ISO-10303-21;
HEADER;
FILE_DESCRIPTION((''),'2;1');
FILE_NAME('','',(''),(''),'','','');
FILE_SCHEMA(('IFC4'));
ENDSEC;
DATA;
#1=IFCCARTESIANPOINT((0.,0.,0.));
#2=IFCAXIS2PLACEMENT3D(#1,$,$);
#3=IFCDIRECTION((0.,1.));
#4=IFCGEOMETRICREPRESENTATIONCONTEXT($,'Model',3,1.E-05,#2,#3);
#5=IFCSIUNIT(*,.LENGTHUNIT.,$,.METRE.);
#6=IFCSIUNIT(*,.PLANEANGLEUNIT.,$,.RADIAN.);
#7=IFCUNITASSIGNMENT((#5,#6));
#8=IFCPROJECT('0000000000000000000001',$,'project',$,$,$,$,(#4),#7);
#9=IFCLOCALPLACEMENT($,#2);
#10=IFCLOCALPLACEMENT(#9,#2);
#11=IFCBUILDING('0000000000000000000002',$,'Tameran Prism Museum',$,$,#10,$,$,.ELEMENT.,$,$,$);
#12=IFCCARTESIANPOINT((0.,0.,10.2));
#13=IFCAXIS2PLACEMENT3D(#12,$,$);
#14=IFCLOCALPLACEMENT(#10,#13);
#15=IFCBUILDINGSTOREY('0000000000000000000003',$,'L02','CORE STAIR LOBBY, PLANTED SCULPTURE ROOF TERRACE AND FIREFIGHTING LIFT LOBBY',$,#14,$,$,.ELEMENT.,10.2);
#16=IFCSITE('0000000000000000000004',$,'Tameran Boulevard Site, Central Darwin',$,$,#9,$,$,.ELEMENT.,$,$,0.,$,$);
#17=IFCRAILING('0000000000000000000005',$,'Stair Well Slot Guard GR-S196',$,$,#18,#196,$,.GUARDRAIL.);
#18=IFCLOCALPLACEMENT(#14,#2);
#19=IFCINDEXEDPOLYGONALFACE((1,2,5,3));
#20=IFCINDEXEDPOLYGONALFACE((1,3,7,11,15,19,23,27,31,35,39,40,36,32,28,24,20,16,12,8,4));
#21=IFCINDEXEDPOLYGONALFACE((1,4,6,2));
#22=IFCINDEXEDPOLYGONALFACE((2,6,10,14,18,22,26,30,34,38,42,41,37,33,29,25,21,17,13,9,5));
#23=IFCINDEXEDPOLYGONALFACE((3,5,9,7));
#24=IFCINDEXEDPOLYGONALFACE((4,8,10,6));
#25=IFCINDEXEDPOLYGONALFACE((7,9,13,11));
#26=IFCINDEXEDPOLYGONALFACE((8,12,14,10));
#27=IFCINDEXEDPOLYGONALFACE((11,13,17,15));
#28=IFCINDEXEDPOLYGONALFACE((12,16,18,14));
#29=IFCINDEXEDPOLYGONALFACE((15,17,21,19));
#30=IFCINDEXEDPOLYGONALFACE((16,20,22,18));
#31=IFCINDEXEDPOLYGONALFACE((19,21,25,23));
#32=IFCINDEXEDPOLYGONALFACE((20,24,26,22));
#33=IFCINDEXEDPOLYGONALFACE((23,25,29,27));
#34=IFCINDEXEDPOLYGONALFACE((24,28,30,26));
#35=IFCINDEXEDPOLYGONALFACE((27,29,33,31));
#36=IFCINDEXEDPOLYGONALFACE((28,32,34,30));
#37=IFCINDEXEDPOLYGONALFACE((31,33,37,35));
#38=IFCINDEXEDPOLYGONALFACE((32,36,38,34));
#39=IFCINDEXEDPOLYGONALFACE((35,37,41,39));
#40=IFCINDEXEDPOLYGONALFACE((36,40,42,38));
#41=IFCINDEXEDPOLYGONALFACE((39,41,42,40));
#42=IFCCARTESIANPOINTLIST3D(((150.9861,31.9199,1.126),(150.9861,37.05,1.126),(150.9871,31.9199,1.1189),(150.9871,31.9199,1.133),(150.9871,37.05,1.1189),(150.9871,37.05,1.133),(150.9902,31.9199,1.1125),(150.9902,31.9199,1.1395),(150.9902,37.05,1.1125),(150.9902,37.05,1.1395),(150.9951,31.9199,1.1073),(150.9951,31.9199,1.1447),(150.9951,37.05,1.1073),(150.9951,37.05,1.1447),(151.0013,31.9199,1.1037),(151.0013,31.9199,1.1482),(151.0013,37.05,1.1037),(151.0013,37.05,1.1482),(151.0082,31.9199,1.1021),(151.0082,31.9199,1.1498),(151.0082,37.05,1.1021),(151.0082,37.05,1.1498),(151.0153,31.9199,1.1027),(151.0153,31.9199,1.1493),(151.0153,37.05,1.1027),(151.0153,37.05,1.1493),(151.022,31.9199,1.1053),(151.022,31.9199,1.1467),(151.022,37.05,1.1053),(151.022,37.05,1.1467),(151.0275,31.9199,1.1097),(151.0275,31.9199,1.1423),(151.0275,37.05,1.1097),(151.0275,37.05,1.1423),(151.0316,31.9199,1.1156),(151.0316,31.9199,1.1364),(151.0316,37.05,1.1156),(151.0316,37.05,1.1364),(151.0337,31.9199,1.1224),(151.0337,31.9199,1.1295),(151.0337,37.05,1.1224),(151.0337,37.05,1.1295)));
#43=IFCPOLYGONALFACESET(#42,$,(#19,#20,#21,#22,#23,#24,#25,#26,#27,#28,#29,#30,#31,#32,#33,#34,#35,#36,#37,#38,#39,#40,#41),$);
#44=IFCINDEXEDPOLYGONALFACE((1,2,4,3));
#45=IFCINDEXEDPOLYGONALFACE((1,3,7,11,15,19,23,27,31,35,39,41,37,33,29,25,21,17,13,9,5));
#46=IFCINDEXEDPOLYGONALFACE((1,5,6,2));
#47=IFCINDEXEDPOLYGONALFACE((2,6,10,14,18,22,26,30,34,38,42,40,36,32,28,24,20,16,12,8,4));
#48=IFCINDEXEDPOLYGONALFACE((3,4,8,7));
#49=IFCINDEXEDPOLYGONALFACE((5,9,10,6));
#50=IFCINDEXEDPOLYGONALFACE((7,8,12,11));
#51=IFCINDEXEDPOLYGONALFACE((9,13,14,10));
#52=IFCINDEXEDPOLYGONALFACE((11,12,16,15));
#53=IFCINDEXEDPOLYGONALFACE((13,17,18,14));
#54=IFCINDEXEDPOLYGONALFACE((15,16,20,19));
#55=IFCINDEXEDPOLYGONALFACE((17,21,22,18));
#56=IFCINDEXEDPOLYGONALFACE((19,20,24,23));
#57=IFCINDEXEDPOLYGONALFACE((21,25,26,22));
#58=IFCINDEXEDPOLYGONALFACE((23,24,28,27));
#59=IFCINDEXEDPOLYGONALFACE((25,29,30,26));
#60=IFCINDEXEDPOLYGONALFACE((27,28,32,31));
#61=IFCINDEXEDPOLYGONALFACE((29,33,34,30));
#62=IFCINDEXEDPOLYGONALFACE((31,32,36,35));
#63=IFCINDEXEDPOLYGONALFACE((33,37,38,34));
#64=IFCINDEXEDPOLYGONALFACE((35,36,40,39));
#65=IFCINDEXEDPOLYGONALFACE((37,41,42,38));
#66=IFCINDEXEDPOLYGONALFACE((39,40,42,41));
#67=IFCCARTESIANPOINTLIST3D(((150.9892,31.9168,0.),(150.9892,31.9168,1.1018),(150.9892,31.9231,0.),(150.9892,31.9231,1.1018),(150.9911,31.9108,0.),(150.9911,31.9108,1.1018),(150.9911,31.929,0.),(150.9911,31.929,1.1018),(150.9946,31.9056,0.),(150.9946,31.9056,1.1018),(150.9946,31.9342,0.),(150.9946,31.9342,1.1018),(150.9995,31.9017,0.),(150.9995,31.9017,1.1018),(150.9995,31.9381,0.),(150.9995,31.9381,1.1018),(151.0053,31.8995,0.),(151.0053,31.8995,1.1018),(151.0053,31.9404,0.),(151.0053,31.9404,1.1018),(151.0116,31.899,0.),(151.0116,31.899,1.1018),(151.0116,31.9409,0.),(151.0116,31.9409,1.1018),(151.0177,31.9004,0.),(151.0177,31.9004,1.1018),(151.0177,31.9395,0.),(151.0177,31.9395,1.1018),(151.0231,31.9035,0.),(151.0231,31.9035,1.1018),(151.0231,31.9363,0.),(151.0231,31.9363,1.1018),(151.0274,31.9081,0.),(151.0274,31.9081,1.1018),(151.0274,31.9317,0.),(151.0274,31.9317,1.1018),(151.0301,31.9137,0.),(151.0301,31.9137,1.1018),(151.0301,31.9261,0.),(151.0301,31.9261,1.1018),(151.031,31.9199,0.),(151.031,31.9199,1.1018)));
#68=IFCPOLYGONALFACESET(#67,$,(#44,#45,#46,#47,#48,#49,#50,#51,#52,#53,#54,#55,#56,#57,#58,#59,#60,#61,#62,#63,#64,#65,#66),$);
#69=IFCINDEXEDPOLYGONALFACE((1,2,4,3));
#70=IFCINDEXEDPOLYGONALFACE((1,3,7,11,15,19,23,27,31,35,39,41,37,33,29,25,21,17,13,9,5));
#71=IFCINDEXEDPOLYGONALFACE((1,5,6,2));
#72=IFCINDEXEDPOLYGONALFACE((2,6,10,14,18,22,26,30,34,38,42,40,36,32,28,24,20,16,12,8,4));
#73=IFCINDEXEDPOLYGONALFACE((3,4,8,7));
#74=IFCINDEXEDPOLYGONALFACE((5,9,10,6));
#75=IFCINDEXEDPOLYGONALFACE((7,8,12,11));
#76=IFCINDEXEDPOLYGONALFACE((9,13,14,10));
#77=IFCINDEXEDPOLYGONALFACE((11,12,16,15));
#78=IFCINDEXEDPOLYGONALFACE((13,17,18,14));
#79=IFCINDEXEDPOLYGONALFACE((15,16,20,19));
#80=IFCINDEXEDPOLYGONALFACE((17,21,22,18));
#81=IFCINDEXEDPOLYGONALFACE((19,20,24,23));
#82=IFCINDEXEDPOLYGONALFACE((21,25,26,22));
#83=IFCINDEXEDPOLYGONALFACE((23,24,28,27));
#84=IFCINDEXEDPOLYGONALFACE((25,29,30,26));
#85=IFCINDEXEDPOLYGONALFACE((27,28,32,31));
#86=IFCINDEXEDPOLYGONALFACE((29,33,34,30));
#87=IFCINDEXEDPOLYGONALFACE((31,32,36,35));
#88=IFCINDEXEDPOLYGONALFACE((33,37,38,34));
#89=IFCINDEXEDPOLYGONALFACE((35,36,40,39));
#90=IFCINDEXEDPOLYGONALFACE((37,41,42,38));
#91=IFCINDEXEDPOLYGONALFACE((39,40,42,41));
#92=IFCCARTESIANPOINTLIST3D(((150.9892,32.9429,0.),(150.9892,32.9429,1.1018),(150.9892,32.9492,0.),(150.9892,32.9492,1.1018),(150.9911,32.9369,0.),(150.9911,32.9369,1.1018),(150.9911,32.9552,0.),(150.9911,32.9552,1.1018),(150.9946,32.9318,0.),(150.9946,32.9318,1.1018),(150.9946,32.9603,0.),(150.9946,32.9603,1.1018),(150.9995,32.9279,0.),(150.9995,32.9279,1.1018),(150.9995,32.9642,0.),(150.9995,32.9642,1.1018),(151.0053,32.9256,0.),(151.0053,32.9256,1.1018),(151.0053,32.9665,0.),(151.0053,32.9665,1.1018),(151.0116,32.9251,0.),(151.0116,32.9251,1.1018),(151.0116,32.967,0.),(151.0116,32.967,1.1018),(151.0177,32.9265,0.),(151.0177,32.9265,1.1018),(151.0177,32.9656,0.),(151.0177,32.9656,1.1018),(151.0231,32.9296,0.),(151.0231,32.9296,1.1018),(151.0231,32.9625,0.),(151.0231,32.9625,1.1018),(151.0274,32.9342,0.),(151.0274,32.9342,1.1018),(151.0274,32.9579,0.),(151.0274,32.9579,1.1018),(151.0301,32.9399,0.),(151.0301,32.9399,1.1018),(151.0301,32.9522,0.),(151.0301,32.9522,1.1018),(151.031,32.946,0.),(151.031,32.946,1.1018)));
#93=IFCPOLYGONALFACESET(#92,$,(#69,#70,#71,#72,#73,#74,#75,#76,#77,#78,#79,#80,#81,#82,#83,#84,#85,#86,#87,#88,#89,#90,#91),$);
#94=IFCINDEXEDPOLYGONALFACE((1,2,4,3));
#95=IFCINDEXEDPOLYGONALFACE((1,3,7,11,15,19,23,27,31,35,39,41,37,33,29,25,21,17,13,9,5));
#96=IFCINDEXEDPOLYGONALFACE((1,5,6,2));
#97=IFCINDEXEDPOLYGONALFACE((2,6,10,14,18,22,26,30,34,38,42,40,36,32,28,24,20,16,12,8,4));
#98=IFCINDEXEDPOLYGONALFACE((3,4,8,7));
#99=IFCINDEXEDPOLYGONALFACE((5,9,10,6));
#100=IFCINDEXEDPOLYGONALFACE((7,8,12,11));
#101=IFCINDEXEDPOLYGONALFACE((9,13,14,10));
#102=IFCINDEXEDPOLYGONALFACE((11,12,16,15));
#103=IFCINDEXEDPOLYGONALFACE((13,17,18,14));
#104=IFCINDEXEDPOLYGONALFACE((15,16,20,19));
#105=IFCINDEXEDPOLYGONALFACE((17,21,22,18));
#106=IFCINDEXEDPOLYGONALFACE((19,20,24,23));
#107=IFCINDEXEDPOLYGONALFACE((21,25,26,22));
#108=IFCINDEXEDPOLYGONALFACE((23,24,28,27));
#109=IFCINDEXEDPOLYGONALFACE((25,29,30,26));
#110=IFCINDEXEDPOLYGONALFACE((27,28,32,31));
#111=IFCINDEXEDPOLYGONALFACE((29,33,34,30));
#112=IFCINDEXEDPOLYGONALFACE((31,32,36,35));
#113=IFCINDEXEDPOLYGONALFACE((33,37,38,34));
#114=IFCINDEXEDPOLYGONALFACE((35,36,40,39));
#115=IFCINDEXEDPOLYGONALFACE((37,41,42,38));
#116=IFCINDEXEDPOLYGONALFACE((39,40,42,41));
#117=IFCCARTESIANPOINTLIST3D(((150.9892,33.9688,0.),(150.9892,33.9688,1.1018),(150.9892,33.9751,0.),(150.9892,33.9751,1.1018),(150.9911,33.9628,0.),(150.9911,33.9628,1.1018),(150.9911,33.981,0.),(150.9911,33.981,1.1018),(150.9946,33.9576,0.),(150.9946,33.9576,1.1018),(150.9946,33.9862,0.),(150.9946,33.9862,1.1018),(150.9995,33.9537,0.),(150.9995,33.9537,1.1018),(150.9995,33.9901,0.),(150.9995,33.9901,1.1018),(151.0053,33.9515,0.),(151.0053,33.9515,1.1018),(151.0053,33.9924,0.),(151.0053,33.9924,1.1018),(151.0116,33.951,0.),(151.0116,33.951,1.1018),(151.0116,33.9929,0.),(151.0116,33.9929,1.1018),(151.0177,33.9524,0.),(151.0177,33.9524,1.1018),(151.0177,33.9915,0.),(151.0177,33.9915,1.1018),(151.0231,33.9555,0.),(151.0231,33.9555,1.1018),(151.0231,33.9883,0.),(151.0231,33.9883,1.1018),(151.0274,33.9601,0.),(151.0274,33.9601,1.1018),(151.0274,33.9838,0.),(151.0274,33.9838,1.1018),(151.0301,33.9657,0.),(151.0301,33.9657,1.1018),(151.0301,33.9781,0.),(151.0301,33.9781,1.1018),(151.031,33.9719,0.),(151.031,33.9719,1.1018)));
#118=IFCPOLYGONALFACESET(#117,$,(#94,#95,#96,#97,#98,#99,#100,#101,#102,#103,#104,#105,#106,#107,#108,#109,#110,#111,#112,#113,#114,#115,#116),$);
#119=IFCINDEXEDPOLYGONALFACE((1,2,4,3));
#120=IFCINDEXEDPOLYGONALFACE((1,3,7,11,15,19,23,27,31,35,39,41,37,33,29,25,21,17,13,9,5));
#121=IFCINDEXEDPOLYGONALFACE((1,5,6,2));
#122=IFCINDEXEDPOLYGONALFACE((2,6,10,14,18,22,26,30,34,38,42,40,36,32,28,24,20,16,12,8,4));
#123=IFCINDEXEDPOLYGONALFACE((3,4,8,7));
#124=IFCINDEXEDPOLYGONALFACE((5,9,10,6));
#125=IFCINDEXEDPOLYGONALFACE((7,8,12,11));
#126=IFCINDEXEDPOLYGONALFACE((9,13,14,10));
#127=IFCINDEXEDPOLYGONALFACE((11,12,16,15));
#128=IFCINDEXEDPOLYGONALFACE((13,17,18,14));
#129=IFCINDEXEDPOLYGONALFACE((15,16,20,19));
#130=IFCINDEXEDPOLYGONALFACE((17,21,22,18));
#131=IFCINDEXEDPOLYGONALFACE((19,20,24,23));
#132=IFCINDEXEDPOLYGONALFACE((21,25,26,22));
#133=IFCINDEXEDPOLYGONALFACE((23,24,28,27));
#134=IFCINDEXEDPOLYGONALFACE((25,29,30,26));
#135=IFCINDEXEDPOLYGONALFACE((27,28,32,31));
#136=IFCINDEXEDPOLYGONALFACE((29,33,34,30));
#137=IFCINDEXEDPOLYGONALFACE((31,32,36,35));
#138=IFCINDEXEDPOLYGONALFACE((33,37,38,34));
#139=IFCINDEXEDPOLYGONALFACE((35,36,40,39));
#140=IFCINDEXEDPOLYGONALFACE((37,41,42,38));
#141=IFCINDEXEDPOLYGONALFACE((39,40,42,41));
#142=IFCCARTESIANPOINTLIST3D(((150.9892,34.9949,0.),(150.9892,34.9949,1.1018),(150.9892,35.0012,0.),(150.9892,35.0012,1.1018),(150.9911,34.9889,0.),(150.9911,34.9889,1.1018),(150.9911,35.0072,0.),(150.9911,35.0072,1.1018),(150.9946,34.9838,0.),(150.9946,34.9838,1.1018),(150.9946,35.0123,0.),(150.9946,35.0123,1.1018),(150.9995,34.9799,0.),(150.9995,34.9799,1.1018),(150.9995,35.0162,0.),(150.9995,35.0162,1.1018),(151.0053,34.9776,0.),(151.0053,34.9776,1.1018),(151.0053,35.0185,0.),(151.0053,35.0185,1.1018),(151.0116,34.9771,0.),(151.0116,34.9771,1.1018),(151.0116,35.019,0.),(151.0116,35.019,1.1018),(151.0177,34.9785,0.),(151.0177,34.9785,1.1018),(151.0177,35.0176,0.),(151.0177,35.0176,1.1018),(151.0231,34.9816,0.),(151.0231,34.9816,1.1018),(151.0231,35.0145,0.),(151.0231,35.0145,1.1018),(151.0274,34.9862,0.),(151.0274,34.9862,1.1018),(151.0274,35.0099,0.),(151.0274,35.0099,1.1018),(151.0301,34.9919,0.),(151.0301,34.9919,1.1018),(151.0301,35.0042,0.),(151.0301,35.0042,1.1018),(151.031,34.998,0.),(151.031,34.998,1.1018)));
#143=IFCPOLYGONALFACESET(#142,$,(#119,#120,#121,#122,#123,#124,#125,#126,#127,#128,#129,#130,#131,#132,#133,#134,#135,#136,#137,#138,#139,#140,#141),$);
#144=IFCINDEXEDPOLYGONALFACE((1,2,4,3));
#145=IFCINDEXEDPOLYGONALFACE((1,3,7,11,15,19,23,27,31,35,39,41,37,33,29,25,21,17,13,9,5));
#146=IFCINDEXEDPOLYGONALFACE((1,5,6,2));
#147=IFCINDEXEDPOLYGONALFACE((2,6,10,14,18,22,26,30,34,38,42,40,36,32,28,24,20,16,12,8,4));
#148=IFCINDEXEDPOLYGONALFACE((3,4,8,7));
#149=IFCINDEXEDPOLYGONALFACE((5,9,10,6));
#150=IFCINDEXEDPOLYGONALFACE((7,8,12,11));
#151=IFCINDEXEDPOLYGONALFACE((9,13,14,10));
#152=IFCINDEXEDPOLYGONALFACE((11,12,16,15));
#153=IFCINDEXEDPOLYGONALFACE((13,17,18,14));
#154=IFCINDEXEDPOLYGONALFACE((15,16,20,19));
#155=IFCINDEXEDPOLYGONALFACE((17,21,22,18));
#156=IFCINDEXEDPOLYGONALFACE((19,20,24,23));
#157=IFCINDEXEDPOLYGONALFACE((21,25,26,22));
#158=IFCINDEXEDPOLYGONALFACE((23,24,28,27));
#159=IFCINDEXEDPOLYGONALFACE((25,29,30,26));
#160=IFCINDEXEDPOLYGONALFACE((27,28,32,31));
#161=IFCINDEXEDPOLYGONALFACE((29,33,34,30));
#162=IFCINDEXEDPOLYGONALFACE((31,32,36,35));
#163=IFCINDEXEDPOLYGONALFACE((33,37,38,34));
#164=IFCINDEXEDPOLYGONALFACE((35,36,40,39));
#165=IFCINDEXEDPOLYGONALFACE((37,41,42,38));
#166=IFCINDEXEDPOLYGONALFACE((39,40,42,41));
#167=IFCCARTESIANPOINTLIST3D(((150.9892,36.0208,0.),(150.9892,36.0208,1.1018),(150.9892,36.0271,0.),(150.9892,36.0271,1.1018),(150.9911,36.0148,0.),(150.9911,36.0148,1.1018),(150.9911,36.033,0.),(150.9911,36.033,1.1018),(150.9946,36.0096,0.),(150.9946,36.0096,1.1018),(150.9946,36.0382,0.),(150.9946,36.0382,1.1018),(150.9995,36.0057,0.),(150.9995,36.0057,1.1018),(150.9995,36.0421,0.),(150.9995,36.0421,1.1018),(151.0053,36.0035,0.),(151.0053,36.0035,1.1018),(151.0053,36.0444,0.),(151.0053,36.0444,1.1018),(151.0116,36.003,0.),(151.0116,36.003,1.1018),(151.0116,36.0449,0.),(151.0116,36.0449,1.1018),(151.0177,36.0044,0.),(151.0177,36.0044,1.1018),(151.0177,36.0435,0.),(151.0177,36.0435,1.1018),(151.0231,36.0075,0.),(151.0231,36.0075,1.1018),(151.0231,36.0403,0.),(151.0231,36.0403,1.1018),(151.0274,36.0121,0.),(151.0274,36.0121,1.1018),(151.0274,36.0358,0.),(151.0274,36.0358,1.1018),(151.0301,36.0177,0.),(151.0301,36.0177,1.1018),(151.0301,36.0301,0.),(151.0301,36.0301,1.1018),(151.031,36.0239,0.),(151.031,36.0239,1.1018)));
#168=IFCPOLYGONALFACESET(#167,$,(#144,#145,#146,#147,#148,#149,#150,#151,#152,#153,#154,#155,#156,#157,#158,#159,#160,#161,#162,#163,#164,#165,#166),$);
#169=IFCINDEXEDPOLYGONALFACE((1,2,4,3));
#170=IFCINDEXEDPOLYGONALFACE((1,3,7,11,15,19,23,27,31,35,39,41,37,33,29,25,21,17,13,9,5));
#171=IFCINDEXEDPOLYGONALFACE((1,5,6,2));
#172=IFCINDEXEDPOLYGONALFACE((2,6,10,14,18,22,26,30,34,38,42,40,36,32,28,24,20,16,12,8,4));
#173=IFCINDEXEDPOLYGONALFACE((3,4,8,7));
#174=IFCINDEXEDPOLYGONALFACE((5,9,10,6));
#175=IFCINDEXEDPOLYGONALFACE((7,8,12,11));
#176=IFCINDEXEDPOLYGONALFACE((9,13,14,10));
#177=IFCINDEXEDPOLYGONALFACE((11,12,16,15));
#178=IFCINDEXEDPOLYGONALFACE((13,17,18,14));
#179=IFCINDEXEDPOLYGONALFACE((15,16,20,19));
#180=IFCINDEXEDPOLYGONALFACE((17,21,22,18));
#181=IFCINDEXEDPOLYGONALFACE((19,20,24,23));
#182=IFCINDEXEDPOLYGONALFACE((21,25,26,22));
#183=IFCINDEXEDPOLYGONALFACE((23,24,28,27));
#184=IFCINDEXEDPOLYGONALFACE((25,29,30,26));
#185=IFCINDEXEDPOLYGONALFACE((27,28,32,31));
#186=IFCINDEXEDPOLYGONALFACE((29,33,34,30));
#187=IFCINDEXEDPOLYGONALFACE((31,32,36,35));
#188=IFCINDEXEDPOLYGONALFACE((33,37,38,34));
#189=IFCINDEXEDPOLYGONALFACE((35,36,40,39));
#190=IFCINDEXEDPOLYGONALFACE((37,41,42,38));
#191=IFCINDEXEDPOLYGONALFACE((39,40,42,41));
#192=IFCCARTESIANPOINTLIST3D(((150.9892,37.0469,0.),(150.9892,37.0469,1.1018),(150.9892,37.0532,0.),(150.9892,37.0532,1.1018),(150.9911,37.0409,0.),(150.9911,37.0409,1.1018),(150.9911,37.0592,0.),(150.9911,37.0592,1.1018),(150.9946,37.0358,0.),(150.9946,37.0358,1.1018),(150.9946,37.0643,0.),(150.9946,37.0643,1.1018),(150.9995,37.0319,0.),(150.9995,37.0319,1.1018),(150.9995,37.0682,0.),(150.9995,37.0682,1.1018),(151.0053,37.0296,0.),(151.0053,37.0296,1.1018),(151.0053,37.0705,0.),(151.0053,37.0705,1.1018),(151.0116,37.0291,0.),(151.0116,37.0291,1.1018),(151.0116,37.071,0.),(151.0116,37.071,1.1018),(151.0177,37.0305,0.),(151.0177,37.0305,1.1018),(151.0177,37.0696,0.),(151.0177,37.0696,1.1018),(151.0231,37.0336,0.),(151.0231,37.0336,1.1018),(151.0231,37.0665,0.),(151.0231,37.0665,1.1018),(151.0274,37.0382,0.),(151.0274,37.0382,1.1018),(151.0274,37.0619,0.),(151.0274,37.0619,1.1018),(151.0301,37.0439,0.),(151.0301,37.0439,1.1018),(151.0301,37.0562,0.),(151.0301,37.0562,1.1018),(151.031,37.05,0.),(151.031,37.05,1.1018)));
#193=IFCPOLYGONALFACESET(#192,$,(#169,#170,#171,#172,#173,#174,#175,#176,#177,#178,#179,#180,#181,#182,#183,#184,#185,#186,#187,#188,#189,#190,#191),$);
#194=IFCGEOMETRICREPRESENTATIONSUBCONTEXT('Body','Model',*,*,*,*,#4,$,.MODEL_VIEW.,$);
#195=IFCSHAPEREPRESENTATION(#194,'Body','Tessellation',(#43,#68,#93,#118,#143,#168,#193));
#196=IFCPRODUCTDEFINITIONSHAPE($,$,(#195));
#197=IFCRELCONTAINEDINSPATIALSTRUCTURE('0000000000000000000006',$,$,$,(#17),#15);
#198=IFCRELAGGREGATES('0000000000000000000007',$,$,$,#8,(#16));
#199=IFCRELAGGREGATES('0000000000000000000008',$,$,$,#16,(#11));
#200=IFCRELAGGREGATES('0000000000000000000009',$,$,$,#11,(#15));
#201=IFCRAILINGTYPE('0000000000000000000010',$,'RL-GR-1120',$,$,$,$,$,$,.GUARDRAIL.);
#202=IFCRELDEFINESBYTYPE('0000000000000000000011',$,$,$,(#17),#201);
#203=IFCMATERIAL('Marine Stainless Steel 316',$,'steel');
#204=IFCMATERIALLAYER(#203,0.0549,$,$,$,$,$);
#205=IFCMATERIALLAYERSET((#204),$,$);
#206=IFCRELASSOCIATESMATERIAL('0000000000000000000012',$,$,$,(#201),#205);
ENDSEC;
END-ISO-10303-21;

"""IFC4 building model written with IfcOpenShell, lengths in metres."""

from ifc_helpers import new_model, si_unit, direction, frame, origin, origin_2d, place, context, subcontext, project, spatial, circle, extrude, material, layer, layer_set, type_object, element, save


model = new_model("IFC4")

# Units and contexts
model_context = context("Model", 3, precision=1e-05, world=origin(), true_north=direction((0.0, 1.0)))
body_context = subcontext(model_context, "Body", "Model", "MODEL_VIEW")
ifc_project = project(units=[si_unit("LENGTHUNIT", "METRE"), si_unit("PLANEANGLEUNIT", "RADIAN")], contexts=[model_context])

# Site, building, storey
site_placement = place(None, origin())
site = spatial("IfcSite", under=ifc_project, at=site_placement, Name="Tameran Boulevard Site, Central Darwin", CompositionType="ELEMENT", RefElevation=0.0)
building_placement = place(site_placement, origin())
building = spatial("IfcBuilding", under=site, at=building_placement, Name="Tameran Prism Museum", CompositionType="ELEMENT")
storey_placement = place(building_placement, frame((0.0, 0.0, 10.2)))
storey = spatial("IfcBuildingStorey", under=building, at=storey_placement, Name="L02", Description="CORE STAIR LOBBY, PLANTED SCULPTURE ROOF TERRACE AND FIREFIGHTING LIFT LOBBY", CompositionType="ELEMENT", Elevation=10.2)

# Railing
ifc_material_1 = material(Name="Marine Stainless Steel 316", Category="steel")
ifc_layer_1 = layer(ifc_material_1, 0.0549)
ifc_layer_set_1 = layer_set([ifc_layer_1])
railing_type = type_object("IfcRailingType", Name="RL-GR-1120", PredefinedType="GUARDRAIL", material=ifc_layer_set_1)
railing_placement = place(storey_placement, frame((151.01, 31.9199, 0.0)))
element("IfcRailing", 1, at=railing_placement, inside=storey, type_object=railing_type, Name="Stair Well Slot Guard GR-S196", PredefinedType="GUARDRAIL", context=body_context, shape_type="SweptSolid", body=[
    extrude(circle(Radius=0.0239, at=origin_2d()), frame((0.0, 0.0, 1.126), z_axis=(0.0, 1.0, 0.0), x_axis=(-1.0, 0.0, 0.0)), (0.0, 0.0, 1.0), 5.1301),
    extrude(circle(Radius=0.021, at=origin_2d()), origin(), (0.0, 0.0, 1.0), 1.1018),
    extrude(circle(Radius=0.021, at=origin_2d()), frame((0.0, 1.0261, 0.0)), (0.0, 0.0, 1.0), 1.1018),
    extrude(circle(Radius=0.021, at=origin_2d()), frame((0.0, 2.052, 0.0)), (0.0, 0.0, 1.0), 1.1018),
    extrude(circle(Radius=0.021, at=origin_2d()), frame((0.0, 3.0781, 0.0)), (0.0, 0.0, 1.0), 1.1018),
    extrude(circle(Radius=0.021, at=origin_2d()), frame((0.0, 4.104, 0.0)), (0.0, 0.0, 1.0), 1.1018),
    extrude(circle(Radius=0.021, at=origin_2d()), frame((0.0, 5.1301, 0.0)), (0.0, 0.0, 1.0), 1.1018),
])

save(model, "model.ifc")
